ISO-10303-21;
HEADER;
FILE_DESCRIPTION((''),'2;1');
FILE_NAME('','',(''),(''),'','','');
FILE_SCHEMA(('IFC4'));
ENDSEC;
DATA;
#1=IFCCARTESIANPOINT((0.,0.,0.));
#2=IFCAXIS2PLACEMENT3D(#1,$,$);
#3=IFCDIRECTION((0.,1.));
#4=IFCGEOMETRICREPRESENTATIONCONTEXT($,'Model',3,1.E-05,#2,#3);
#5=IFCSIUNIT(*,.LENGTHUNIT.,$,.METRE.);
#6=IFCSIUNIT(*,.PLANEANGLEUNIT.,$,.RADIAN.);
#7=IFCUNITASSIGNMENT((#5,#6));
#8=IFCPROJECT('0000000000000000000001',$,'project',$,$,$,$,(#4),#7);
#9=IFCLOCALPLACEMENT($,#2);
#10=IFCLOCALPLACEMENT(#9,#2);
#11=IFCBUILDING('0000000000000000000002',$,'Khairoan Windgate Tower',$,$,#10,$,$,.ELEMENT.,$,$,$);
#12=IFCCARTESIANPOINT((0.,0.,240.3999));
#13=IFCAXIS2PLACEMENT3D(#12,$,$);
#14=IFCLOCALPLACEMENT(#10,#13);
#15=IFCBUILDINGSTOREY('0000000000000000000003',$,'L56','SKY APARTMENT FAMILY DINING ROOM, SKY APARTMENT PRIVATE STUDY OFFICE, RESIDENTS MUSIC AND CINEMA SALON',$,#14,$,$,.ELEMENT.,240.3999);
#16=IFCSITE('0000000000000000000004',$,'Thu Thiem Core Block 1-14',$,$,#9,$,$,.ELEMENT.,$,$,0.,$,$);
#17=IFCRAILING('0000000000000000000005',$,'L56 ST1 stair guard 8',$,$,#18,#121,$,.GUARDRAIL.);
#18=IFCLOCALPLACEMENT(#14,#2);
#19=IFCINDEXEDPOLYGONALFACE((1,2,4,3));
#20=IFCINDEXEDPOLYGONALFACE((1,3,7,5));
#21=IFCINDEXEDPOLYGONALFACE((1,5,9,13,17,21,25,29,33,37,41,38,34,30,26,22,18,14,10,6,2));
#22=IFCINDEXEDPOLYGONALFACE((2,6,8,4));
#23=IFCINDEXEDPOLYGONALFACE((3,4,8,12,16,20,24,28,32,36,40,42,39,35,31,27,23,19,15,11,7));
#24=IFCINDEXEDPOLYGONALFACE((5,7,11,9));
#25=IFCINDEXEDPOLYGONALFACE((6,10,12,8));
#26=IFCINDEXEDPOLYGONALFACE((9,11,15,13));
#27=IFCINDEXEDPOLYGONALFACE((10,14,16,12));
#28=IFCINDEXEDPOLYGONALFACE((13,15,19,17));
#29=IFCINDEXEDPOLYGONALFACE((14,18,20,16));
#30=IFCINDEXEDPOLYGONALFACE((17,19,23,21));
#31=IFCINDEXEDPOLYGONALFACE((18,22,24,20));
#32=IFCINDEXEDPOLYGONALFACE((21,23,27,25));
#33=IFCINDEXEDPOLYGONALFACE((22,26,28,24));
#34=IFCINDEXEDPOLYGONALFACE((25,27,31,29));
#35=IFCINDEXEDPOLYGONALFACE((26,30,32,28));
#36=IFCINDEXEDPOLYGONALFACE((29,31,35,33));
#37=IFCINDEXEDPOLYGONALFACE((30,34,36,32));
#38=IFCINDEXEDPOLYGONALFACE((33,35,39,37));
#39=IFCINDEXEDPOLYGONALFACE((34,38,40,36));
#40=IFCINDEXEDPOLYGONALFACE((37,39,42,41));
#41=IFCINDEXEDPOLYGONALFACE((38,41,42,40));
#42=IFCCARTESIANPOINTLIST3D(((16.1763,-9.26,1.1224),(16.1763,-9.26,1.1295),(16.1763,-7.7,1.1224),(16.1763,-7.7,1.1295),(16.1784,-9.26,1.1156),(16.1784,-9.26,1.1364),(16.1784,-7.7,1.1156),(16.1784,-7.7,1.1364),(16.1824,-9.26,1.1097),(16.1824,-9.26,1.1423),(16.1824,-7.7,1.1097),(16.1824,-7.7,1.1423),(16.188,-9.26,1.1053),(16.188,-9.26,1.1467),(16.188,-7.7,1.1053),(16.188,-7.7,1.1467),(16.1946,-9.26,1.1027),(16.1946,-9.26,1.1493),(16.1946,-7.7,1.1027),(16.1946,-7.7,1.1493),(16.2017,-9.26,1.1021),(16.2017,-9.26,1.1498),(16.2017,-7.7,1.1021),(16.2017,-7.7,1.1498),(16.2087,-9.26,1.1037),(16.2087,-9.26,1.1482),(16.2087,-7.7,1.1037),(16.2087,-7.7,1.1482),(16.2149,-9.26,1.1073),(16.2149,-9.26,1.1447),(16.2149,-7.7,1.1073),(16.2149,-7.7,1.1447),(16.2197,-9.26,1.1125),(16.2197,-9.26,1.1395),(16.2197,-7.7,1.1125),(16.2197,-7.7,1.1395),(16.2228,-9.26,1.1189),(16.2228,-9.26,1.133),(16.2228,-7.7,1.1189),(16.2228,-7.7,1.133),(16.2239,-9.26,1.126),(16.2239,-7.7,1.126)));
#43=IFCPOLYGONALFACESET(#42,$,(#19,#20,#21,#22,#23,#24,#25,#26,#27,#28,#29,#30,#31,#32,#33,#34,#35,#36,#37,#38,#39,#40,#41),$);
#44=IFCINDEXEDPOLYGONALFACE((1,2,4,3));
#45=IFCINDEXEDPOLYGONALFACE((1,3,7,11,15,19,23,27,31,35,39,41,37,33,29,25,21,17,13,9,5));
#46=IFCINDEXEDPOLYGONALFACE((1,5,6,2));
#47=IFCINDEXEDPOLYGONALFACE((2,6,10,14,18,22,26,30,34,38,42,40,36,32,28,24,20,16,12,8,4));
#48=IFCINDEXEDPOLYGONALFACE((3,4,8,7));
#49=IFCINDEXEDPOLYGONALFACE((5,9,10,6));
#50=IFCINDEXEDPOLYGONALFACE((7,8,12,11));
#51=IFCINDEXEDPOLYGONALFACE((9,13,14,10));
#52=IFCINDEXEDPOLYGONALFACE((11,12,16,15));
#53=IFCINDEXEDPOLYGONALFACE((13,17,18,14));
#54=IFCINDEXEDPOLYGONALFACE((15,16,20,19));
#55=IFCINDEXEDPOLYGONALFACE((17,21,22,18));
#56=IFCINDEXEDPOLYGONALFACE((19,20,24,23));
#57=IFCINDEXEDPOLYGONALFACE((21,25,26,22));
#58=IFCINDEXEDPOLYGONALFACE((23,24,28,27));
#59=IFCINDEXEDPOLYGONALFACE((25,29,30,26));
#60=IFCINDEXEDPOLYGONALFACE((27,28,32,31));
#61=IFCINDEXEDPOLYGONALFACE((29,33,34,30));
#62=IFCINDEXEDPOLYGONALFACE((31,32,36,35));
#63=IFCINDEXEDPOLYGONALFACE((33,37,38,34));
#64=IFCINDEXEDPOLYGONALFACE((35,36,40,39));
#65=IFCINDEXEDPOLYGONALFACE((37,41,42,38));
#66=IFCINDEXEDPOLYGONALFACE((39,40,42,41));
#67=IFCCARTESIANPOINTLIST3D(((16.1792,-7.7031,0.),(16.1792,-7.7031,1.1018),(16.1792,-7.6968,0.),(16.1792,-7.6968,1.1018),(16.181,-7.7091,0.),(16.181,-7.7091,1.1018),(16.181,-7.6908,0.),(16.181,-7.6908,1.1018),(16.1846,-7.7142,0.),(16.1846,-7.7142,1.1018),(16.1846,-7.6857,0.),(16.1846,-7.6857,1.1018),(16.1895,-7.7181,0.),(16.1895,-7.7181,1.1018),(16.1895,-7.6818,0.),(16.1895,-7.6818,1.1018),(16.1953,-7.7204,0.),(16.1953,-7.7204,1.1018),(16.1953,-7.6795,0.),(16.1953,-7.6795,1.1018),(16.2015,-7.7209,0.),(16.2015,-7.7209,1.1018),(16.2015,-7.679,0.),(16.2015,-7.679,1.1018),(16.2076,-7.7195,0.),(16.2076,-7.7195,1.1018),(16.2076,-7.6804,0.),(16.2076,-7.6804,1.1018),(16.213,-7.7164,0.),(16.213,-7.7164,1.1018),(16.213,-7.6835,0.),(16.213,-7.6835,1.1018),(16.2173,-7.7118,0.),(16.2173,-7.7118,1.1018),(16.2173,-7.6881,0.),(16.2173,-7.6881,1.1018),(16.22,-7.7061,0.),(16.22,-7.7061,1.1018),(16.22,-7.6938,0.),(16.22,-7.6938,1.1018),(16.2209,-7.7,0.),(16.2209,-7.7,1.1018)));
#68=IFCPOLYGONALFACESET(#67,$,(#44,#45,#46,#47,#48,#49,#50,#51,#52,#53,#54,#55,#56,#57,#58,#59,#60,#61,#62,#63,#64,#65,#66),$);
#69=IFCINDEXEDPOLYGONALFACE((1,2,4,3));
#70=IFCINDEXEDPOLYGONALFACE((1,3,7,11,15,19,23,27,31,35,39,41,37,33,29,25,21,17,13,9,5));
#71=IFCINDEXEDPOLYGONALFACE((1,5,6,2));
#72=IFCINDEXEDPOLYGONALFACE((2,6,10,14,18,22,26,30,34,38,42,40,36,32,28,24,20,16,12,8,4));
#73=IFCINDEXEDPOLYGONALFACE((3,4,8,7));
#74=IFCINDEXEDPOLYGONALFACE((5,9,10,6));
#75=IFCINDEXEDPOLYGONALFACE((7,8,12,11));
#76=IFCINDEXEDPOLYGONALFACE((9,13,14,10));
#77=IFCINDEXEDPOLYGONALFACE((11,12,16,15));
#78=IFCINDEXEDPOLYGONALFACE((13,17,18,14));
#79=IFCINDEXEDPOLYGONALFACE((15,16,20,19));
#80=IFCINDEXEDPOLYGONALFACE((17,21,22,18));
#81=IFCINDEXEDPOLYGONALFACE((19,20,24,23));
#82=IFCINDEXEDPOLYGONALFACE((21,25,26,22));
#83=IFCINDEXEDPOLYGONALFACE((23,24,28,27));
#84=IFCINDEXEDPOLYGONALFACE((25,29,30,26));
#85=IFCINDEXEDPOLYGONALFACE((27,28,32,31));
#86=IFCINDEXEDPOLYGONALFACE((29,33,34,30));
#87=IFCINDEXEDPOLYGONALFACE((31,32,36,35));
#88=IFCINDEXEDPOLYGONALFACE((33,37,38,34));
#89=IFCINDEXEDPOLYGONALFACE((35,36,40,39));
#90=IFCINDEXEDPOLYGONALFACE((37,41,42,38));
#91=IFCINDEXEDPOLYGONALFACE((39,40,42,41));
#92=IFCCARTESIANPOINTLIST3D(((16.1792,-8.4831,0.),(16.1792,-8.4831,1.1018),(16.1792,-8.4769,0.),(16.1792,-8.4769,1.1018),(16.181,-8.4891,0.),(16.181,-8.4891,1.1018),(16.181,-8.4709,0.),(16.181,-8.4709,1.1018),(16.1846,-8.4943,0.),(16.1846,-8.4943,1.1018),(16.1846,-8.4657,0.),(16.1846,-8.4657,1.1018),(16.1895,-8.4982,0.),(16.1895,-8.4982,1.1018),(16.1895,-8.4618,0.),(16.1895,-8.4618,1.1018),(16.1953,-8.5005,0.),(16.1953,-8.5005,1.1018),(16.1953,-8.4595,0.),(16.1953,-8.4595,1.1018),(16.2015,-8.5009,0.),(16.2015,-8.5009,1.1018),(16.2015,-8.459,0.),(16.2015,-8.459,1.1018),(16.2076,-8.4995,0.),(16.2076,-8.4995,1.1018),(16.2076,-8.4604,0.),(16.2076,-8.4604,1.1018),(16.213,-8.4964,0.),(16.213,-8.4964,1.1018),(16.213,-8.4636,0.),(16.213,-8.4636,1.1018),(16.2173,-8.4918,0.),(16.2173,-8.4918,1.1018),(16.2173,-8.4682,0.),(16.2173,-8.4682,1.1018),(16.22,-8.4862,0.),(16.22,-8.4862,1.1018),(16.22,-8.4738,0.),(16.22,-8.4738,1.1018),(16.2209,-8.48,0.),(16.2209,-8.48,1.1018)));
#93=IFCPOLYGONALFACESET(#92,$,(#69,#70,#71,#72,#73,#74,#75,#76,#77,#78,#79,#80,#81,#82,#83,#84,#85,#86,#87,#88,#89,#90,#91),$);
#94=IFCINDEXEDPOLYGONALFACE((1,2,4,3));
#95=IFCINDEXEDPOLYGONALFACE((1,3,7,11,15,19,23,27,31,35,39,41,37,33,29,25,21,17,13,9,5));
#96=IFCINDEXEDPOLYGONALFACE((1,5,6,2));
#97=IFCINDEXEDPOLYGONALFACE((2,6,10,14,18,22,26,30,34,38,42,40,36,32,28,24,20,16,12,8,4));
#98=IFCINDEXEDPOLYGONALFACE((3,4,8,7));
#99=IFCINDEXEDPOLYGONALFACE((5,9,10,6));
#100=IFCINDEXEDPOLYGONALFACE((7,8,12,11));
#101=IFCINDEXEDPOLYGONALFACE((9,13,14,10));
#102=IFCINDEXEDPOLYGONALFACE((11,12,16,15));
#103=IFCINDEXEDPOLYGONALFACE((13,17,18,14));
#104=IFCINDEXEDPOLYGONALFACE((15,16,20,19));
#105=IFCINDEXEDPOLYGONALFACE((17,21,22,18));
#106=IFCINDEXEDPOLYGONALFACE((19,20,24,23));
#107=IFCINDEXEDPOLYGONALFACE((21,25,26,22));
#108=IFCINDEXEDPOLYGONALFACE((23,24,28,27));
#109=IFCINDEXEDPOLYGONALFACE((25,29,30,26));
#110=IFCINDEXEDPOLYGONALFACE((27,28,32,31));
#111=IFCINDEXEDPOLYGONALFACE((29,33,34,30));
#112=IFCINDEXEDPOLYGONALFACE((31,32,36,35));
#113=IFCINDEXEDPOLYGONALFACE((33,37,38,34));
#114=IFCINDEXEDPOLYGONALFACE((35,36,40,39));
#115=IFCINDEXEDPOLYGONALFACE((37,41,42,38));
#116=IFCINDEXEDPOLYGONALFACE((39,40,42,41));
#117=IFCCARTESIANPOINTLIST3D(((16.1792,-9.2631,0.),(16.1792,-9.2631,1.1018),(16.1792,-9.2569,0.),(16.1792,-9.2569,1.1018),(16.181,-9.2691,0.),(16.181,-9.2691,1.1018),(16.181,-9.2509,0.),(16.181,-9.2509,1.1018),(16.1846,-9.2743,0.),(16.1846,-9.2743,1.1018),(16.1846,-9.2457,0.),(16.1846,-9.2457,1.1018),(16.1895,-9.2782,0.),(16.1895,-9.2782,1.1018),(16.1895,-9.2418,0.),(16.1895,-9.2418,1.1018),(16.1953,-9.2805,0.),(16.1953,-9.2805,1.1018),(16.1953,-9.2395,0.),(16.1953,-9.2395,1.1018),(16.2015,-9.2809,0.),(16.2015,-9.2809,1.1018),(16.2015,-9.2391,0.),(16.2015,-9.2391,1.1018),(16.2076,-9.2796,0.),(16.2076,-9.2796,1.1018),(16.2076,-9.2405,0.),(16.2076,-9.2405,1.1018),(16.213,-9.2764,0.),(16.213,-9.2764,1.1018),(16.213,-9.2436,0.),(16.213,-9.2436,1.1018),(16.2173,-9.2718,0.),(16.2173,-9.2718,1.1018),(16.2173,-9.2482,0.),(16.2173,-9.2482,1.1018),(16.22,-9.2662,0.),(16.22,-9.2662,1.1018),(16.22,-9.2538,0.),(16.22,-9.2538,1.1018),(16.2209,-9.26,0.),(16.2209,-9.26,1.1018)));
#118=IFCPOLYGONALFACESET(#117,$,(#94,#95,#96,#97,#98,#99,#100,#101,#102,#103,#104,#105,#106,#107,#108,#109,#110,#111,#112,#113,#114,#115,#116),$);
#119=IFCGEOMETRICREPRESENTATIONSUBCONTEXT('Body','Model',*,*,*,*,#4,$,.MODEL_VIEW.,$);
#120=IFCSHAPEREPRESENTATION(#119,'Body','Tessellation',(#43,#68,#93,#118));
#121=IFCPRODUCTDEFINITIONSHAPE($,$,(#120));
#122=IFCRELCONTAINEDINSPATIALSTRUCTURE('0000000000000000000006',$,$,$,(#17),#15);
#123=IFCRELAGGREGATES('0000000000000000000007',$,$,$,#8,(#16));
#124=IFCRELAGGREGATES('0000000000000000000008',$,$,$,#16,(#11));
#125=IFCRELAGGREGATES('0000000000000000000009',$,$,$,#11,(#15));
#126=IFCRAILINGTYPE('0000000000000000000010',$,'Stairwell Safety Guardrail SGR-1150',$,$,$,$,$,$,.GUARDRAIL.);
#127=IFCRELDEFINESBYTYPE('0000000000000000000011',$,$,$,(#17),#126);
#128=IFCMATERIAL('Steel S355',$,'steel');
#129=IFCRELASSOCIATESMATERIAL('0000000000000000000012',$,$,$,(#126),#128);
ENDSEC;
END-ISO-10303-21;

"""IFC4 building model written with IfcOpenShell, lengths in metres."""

from ifc_helpers import new_model, si_unit, direction, frame, origin, origin_2d, place, context, subcontext, project, spatial, circle, extrude, material, type_object, element, save


model = new_model("IFC4")

# Units and contexts
model_context = context("Model", 3, precision=1e-05, world=origin(), true_north=direction((0.0, 1.0)))
body_context = subcontext(model_context, "Body", "Model", "MODEL_VIEW")
ifc_project = project(units=[si_unit("LENGTHUNIT", "METRE"), si_unit("PLANEANGLEUNIT", "RADIAN")], contexts=[model_context])

# Site, building, storey
site_placement = place(None, origin())
site = spatial("IfcSite", under=ifc_project, at=site_placement, Name="Thu Thiem Core Block 1-14", CompositionType="ELEMENT", RefElevation=0.0)
building_placement = place(site_placement, origin())
building = spatial("IfcBuilding", under=site, at=building_placement, Name="Khairoan Windgate Tower", CompositionType="ELEMENT")
storey_placement = place(building_placement, frame((0.0, 0.0, 240.3999)))
storey = spatial("IfcBuildingStorey", under=building, at=storey_placement, Name="L56", Description="SKY APARTMENT FAMILY DINING ROOM, SKY APARTMENT PRIVATE STUDY OFFICE, RESIDENTS MUSIC AND CINEMA SALON", CompositionType="ELEMENT", Elevation=240.3999)

# Railing
ifc_material_1 = material(Name="Steel S355", Category="steel")
railing_type_1 = type_object("IfcRailingType", Name="Stairwell Safety Guardrail SGR-1150", PredefinedType="GUARDRAIL", material=ifc_material_1)
railing_1_placement = place(storey_placement, frame((16.2, -7.7, 0.0)))
element("IfcRailing", 1, at=railing_1_placement, inside=storey, type_object=railing_type_1, Name="L56 ST1 stair guard 8", PredefinedType="GUARDRAIL", context=body_context, shape_type="SweptSolid", body=[
    extrude(circle(Radius=0.0239, at=origin_2d()), frame((0.0, 0.0, 1.126), z_axis=(0.0, -1.0, 0.0), x_axis=(1.0, 0.0, 0.0)), (0.0, 0.0, 1.0), 1.5601),
    extrude(circle(Radius=0.021, at=origin_2d()), origin(), (0.0, 0.0, 1.0), 1.1018),
    extrude(circle(Radius=0.021, at=origin_2d()), frame((0.0, -0.78, 0.0)), (0.0, 0.0, 1.0), 1.1018),
    extrude(circle(Radius=0.021, at=origin_2d()), frame((0.0, -1.5601, 0.0)), (0.0, 0.0, 1.0), 1.1018),
])

save(model, "model.ifc")
